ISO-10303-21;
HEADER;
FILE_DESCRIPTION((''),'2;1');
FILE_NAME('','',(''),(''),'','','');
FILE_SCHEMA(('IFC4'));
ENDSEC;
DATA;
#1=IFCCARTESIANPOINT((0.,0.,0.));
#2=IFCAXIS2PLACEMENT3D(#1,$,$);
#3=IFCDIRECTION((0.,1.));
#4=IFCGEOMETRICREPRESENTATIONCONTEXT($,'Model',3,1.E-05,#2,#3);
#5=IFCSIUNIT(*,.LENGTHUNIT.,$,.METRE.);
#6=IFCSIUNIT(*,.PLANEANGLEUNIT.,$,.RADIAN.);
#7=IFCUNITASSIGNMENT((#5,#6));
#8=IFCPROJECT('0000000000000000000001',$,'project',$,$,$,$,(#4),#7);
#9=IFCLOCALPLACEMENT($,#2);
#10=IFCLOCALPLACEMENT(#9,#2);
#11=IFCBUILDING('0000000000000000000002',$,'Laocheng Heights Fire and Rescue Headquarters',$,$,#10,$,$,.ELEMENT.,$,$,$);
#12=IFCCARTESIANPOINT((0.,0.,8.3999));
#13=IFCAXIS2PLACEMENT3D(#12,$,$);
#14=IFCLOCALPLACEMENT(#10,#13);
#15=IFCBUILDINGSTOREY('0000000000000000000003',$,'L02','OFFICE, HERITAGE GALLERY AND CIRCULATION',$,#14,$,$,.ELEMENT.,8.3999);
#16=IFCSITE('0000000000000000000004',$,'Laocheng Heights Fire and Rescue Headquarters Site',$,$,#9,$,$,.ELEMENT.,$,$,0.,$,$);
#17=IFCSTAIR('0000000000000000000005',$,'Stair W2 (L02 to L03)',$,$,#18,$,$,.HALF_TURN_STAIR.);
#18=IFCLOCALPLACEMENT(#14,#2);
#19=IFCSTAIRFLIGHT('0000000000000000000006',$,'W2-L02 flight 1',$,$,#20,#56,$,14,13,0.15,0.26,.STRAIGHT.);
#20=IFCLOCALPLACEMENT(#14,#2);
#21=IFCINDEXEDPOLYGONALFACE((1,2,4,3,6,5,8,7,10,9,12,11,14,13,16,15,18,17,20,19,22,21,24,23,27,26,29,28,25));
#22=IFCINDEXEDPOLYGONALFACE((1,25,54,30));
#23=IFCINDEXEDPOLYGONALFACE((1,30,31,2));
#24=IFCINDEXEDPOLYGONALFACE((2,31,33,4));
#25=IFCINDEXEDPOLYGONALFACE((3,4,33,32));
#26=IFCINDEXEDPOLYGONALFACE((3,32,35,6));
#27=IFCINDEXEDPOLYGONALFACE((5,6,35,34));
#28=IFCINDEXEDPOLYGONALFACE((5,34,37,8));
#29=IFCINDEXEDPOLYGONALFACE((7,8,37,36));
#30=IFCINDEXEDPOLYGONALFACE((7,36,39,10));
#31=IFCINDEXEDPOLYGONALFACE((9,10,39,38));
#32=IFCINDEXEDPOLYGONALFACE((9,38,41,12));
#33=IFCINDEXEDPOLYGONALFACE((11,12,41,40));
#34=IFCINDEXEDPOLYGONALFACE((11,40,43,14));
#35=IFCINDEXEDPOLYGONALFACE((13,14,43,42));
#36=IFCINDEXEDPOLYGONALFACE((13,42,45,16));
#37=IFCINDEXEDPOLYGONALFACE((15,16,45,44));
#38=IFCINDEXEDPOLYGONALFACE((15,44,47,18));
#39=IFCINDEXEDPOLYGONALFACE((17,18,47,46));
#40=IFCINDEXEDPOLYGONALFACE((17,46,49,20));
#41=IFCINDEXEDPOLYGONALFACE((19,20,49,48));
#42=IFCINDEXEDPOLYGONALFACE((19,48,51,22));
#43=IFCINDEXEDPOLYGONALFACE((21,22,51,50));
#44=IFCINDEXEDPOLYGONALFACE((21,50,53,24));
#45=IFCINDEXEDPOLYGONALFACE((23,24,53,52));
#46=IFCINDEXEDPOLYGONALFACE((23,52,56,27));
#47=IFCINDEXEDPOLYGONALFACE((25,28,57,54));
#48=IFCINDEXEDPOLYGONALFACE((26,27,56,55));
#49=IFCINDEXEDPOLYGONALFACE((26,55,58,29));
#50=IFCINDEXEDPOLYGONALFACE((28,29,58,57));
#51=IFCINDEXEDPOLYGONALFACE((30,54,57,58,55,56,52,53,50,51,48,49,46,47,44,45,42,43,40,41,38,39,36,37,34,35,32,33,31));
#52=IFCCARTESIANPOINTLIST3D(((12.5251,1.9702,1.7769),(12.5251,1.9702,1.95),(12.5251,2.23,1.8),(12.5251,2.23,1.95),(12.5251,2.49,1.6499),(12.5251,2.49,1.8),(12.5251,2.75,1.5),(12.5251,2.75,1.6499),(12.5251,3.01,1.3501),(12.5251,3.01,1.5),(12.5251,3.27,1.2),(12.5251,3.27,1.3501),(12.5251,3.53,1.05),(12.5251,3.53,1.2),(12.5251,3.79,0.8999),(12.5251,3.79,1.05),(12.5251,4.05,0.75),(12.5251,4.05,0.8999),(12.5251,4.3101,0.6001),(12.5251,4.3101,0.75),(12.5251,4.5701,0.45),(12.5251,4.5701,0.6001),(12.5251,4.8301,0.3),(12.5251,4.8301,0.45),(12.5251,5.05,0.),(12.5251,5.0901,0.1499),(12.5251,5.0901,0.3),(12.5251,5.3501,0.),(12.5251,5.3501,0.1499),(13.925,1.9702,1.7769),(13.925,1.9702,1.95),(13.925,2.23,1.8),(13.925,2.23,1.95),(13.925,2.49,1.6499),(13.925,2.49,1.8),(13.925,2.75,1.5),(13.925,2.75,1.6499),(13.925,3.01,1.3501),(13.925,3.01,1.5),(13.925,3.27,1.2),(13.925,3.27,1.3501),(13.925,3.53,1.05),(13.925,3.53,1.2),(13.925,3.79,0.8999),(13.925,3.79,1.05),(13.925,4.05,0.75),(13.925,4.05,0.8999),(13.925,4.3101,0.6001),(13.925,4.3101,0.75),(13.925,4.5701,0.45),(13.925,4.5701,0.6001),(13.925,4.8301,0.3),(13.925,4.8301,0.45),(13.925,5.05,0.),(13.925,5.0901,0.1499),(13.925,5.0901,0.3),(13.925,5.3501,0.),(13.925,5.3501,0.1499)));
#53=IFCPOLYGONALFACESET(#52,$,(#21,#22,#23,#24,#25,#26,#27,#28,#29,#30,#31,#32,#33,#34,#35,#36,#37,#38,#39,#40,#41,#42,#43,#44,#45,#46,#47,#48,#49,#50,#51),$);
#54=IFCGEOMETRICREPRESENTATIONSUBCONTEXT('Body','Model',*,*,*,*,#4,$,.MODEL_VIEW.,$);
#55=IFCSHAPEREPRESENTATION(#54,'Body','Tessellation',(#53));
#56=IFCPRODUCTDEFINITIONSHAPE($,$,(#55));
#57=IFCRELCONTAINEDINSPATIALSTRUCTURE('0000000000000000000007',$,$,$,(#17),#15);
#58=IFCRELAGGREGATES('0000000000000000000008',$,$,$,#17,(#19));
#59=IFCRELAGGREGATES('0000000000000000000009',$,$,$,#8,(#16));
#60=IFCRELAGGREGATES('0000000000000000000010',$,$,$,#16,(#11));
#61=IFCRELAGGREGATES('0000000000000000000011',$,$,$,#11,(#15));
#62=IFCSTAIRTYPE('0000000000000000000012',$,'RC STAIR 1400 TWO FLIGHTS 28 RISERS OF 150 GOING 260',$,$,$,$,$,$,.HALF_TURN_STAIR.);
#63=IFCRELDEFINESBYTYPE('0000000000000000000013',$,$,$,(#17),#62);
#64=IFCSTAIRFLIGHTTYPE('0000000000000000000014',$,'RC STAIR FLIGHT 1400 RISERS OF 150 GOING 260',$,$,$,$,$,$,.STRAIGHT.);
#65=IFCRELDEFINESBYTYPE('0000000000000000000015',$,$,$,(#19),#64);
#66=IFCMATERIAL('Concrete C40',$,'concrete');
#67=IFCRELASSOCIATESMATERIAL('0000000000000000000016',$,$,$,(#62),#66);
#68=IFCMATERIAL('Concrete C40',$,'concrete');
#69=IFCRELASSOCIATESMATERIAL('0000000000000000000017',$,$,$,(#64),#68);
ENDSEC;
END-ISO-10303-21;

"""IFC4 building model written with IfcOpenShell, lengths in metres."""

from ifc_helpers import new_model, si_unit, direction, frame, origin, place, context, subcontext, project, spatial, polyline, outline, extrude, material, type_object, element, aggregate, save


model = new_model("IFC4")

# Units and contexts
model_context = context("Model", 3, precision=1e-05, world=origin(), true_north=direction((0.0, 1.0)))
body_context = subcontext(model_context, "Body", "Model", "MODEL_VIEW")
ifc_project = project(units=[si_unit("LENGTHUNIT", "METRE"), si_unit("PLANEANGLEUNIT", "RADIAN")], contexts=[model_context])

# Site, building, storey
site_placement = place(None, origin())
site = spatial("IfcSite", under=ifc_project, at=site_placement, Name="Laocheng Heights Fire and Rescue Headquarters Site", CompositionType="ELEMENT", RefElevation=0.0)
building_placement = place(site_placement, origin())
building = spatial("IfcBuilding", under=site, at=building_placement, Name="Laocheng Heights Fire and Rescue Headquarters", CompositionType="ELEMENT")
storey_placement = place(building_placement, frame((0.0, 0.0, 8.3999)))
storey = spatial("IfcBuildingStorey", under=building, at=storey_placement, Name="L02", Description="OFFICE, HERITAGE GALLERY AND CIRCULATION", CompositionType="ELEMENT", Elevation=8.3999)

# Stair, stair flight
ifc_material_1 = material(Name="Concrete C40", Category="concrete")
stair_type = type_object("IfcStairType", Name="RC STAIR 1400 TWO FLIGHTS 28 RISERS OF 150 GOING 260", PredefinedType="HALF_TURN_STAIR", material=ifc_material_1)
stair_placement = place(storey_placement, origin())
stair = element("IfcStair", 1, at=stair_placement, inside=storey, type_object=stair_type, Name="Stair W2 (L02 to L03)", PredefinedType="HALF_TURN_STAIR")
ifc_material_2 = material(Name="Concrete C40", Category="concrete")
stair_flight_type = type_object("IfcStairFlightType", Name="RC STAIR FLIGHT 1400 RISERS OF 150 GOING 260", PredefinedType="STRAIGHT", material=ifc_material_2)
stair_flight_placement = place(storey_placement, frame((13.2251, 5.3501, 0.0), z_axis=(0.0, 0.0, 1.0), x_axis=(0.0, -1.0, 0.0)))
stair_flight = element("IfcStairFlight", 2, at=stair_flight_placement, type_object=stair_flight_type, Name="W2-L02 flight 1", NumberOfRisers=14, NumberOfTreads=13, PredefinedType="STRAIGHT", RiserHeight=0.15, TreadLength=0.26, context=body_context, shape_type="SweptSolid", body=[
    extrude(outline(polyline([(0.0, 0.0), (0.0, 0.1499), (0.26, 0.1499), (0.26, 0.3), (0.52, 0.3), (0.52, 0.45), (0.78, 0.45), (0.78, 0.6001), (1.04, 0.6001), (1.04, 0.75), (1.3, 0.75), (1.3, 0.8999), (1.5601, 0.8999), (1.5601, 1.05), (1.8201, 1.05), (1.8201, 1.2), (2.0801, 1.2), (2.0801, 1.3501), (2.3401, 1.3501), (2.3401, 1.5), (2.6001, 1.5), (2.6001, 1.6499), (2.8601, 1.6499), (2.8601, 1.8), (3.1201, 1.8), (3.1201, 1.95), (3.3799, 1.95), (3.3799, 2.1001), (3.3799, 1.7769), (0.3, 0.0), (0.0, 0.0)])), frame((0.0, 0.7, 0.0), z_axis=(0.0, -1.0, 0.0), x_axis=(1.0, 0.0, 0.0)), (0.0, 0.0, 1.0), 1.3999),
])
aggregate(stair, [stair_flight])

save(model, "model.ifc")
